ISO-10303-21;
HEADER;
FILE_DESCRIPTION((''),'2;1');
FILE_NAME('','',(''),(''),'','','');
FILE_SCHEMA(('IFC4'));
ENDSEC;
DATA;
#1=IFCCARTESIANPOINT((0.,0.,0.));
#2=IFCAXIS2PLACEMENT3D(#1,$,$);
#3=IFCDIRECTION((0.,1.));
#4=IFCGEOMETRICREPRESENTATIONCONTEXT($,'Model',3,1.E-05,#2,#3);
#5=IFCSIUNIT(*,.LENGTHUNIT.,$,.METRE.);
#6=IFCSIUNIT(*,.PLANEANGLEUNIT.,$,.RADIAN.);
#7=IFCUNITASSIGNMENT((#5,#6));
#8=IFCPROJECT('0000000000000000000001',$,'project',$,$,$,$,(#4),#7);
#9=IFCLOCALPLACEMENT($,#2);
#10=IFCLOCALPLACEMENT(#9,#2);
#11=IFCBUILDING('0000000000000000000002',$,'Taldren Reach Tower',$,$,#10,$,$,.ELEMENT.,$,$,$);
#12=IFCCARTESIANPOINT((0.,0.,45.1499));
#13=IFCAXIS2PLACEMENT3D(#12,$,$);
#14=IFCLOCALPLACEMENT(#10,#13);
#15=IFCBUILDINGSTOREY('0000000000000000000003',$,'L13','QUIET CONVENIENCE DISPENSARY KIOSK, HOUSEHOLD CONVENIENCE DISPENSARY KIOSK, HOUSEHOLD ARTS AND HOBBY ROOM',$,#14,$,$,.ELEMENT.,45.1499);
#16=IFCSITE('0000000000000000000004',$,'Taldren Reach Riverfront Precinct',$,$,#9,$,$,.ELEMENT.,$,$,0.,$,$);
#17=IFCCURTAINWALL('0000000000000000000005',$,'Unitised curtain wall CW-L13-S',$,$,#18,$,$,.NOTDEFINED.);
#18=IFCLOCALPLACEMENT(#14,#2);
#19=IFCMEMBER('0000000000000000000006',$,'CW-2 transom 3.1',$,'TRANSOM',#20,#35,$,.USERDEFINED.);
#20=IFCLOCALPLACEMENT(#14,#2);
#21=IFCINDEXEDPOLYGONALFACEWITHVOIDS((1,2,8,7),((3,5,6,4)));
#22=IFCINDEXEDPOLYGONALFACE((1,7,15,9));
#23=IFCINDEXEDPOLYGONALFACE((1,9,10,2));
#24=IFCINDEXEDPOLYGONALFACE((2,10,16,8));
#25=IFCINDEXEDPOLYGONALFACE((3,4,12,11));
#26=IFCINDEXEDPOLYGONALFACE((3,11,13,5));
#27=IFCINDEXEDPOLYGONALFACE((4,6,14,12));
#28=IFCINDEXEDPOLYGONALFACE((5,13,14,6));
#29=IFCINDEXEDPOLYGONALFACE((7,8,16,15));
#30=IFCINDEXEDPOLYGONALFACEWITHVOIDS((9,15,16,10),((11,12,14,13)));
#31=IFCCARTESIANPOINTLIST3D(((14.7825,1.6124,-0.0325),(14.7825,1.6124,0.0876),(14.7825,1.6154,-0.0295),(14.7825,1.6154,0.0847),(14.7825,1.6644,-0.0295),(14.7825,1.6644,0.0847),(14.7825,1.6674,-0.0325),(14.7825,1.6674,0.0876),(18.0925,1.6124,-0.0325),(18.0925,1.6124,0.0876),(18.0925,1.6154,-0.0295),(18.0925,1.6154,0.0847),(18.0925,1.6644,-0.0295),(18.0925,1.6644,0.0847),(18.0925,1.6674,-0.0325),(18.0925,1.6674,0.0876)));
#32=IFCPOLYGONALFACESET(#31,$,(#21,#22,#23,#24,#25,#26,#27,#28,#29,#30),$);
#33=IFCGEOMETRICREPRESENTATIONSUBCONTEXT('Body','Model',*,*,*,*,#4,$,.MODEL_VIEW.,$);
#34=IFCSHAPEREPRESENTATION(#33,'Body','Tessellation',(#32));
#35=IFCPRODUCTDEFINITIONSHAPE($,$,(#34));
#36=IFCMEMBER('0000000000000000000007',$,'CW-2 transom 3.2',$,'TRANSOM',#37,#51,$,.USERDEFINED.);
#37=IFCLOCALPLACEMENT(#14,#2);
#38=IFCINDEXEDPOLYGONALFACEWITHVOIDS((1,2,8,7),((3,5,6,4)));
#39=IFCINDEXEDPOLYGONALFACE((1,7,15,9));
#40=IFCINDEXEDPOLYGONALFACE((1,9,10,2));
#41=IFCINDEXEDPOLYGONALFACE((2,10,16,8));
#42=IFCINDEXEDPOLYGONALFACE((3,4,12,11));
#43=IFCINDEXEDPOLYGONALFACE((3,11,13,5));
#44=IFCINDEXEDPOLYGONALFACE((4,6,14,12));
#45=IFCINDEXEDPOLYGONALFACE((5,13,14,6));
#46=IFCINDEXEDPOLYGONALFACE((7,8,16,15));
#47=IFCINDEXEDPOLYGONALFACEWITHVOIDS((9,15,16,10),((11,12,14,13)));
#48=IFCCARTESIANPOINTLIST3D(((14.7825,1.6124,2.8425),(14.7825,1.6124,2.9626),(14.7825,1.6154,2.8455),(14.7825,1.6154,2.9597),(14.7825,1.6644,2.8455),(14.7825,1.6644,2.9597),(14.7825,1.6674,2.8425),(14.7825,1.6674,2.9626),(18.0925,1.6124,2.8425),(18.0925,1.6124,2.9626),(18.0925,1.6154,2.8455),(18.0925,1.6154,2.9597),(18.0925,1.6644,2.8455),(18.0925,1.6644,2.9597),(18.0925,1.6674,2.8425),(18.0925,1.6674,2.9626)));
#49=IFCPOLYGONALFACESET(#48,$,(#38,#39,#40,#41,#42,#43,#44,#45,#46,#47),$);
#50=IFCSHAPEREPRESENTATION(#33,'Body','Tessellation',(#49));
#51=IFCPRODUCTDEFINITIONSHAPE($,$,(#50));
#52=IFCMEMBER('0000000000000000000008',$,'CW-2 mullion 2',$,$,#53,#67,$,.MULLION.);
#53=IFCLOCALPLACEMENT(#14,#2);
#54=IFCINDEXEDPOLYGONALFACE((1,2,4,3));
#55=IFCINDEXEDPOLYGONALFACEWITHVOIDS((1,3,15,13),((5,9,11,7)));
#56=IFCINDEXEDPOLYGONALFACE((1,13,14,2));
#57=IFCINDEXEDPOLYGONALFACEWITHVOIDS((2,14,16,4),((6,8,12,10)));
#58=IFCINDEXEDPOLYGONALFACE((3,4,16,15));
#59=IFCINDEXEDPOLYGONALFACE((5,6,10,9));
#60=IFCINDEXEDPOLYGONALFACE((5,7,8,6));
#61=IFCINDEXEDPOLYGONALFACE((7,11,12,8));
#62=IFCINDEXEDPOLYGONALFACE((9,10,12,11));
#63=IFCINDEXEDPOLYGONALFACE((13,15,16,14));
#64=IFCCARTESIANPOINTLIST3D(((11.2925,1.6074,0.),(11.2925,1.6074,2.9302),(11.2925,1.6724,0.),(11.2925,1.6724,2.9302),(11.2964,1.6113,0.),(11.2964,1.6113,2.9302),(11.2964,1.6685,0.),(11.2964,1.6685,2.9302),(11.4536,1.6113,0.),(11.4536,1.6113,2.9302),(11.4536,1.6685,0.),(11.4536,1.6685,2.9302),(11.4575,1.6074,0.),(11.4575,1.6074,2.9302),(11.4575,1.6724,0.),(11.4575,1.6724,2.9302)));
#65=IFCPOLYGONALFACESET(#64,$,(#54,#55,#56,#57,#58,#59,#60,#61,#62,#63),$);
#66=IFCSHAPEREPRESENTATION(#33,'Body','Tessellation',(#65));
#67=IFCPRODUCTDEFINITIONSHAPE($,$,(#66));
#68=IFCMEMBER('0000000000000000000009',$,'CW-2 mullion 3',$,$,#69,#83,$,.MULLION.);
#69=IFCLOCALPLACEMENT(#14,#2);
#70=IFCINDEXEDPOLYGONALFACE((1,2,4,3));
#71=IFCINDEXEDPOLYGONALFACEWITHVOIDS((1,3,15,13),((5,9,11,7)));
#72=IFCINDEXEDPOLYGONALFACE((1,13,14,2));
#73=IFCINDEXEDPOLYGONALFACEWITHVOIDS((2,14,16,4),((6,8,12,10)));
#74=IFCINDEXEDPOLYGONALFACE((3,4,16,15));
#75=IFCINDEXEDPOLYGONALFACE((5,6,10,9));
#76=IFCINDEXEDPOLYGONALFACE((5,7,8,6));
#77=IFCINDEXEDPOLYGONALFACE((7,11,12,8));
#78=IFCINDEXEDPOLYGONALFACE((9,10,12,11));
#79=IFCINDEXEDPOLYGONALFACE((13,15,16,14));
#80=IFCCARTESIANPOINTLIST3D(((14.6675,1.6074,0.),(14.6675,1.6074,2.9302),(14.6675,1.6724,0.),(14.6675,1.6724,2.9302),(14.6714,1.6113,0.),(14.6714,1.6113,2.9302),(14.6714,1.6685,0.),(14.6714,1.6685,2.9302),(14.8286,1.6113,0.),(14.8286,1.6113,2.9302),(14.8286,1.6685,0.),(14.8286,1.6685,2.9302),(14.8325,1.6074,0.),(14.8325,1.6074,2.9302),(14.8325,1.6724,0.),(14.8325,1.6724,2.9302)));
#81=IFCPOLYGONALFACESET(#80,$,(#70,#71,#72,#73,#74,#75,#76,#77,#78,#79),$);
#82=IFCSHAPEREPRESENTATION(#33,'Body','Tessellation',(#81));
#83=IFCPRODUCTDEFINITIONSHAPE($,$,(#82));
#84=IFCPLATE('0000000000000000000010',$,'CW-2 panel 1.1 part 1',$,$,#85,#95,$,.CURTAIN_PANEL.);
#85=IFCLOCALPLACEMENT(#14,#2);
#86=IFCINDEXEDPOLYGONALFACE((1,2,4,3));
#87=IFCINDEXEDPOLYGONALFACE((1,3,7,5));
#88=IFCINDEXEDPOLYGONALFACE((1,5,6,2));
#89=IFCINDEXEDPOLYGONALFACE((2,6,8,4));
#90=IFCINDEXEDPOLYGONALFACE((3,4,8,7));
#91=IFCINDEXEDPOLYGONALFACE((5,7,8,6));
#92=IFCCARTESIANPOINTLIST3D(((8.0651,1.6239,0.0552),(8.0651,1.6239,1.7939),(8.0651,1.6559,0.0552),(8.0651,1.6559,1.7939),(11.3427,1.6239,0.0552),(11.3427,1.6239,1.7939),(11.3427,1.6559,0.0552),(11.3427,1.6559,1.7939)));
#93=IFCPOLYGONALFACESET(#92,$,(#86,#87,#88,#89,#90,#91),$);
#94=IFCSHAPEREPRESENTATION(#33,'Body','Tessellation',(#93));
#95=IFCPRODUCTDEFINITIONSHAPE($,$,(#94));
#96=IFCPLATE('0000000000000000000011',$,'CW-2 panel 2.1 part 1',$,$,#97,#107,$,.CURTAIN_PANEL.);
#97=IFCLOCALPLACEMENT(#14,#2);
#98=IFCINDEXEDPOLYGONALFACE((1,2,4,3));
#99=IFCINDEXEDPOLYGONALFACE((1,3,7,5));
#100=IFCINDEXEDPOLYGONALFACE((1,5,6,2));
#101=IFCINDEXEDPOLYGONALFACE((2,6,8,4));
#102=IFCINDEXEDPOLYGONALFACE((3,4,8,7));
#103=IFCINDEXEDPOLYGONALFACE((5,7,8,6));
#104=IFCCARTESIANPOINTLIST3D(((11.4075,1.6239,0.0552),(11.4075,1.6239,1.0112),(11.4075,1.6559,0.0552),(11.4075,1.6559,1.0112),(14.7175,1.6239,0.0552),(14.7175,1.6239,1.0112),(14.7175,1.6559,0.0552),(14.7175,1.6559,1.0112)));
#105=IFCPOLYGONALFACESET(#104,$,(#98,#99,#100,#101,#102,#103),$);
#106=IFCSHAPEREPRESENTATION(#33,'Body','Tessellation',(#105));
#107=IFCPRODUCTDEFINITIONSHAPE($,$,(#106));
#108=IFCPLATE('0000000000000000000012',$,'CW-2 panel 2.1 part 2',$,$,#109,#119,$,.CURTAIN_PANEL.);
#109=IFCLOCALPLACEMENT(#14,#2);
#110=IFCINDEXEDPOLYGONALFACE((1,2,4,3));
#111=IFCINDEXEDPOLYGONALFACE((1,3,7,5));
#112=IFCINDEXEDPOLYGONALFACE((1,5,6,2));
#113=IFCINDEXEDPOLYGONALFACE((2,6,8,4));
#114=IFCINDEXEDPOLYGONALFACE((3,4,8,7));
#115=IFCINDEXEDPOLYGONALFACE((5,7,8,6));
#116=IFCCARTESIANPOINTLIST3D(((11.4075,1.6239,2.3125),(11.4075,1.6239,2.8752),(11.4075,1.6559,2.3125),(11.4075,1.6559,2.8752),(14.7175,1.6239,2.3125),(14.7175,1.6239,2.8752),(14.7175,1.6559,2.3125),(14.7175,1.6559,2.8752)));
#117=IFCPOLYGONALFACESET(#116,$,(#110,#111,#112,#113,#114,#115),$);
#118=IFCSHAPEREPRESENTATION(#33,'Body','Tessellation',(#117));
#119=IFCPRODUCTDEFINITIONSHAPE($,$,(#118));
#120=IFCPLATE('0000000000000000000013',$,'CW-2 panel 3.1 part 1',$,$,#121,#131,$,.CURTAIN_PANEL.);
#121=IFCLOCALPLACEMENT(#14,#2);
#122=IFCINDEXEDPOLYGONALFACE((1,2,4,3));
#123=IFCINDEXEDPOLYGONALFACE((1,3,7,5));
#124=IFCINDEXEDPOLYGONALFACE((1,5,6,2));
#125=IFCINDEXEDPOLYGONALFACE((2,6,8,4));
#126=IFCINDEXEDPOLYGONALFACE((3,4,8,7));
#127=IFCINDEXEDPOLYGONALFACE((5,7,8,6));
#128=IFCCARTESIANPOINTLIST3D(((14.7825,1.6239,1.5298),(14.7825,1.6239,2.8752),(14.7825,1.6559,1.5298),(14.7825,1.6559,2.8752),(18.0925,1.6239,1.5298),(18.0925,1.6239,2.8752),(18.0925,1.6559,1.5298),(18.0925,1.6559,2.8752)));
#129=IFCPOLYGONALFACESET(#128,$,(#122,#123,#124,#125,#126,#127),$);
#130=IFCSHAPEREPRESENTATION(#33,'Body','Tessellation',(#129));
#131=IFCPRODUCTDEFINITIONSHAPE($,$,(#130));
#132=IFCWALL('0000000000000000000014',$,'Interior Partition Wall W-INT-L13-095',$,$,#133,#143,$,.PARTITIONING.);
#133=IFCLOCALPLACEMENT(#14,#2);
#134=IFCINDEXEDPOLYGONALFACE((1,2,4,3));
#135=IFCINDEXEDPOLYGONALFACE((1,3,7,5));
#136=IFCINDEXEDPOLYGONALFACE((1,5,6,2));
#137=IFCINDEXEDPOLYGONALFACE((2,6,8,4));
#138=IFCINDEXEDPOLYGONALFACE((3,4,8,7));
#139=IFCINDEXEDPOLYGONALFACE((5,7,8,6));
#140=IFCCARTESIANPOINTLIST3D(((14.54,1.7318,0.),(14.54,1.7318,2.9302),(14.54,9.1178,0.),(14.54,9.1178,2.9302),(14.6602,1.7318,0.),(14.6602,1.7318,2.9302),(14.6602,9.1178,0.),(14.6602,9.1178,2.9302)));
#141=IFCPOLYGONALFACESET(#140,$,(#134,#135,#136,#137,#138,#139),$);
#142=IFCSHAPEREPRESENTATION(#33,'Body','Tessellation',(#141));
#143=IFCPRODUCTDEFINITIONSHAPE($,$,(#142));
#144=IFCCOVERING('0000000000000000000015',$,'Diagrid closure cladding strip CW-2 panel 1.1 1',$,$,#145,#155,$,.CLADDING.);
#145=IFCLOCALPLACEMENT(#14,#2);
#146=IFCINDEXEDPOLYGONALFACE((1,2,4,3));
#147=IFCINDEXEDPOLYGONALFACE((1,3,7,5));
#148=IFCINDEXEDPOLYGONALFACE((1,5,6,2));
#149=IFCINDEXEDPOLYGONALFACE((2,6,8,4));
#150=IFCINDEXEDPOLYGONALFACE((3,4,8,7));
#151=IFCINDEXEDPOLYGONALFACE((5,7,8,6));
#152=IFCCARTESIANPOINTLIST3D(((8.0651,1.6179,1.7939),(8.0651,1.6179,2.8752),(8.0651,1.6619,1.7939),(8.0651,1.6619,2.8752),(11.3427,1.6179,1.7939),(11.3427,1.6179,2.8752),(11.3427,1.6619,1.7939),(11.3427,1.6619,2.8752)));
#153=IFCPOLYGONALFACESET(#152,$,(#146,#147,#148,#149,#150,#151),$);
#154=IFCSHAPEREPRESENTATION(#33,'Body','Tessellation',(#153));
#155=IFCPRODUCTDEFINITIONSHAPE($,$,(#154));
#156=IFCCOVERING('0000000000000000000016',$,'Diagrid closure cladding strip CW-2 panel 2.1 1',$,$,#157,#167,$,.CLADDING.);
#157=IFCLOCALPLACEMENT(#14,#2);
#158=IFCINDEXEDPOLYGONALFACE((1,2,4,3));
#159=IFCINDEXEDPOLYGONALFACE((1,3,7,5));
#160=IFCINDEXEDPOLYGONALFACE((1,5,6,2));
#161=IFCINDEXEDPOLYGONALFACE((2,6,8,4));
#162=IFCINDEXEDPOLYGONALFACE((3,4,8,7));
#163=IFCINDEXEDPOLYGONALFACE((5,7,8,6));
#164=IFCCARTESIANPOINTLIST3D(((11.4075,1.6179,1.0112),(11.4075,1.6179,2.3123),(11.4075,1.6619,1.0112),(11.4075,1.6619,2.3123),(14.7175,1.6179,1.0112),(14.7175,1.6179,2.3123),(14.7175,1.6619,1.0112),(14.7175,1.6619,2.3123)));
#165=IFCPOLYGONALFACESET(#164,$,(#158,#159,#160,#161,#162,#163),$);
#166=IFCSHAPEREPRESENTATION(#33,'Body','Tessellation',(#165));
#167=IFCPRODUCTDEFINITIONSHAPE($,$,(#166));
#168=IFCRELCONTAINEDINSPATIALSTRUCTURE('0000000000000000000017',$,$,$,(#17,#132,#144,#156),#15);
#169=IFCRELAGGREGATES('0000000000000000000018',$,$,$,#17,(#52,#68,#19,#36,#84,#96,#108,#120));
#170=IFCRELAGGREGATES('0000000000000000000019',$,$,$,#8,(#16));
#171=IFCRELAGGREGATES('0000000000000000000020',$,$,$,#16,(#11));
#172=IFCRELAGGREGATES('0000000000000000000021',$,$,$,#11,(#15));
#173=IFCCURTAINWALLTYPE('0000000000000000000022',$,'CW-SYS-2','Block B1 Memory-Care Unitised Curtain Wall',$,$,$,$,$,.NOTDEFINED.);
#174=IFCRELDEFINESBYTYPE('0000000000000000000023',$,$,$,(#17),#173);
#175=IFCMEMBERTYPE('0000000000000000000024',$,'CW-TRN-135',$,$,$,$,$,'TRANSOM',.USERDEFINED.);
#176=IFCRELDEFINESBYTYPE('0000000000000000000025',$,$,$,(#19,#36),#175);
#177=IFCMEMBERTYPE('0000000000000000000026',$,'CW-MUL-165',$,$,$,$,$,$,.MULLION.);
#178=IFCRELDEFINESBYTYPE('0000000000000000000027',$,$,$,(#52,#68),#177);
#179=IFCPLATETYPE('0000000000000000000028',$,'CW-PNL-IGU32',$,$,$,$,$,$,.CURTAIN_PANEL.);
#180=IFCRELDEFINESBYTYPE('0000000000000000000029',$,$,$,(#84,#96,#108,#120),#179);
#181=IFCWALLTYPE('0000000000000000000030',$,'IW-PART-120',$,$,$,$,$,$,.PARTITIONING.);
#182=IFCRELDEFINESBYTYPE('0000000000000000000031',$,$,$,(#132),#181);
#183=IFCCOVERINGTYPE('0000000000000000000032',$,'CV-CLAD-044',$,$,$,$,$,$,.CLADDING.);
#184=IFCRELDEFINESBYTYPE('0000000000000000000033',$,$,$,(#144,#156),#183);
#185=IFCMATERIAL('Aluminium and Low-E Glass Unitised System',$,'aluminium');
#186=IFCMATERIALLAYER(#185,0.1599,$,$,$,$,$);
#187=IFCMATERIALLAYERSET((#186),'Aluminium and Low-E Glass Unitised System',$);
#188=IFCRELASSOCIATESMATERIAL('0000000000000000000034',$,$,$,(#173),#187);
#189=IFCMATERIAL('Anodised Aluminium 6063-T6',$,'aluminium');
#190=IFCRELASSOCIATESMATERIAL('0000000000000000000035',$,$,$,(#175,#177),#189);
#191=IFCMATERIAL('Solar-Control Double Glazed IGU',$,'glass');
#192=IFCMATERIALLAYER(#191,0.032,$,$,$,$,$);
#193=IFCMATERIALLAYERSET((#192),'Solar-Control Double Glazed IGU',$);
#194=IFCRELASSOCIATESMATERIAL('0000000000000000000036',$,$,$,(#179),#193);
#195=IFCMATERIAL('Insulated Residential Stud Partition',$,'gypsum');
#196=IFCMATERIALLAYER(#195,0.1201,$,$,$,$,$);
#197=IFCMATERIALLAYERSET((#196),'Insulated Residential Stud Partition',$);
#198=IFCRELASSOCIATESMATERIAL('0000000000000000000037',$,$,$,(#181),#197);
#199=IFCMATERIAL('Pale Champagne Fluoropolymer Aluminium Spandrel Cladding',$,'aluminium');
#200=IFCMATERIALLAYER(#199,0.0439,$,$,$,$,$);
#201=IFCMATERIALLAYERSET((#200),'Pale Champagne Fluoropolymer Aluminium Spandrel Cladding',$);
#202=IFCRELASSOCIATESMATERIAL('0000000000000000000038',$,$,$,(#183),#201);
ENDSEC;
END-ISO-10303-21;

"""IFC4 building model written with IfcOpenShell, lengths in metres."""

from ifc_helpers import new_model, si_unit, direction, frame, frame_2d, origin, origin_2d, place, context, subcontext, project, spatial, rectangle, hollow_rectangle, extrude, source, transform, mapped, material, layer, layer_set, material_profile, profile_set, type_object, element, aggregate, save


model = new_model("IFC4")

# Units and contexts
model_context = context("Model", 3, precision=1e-05, world=origin(), true_north=direction((0.0, 1.0)))
body_context = subcontext(model_context, "Body", "Model", "MODEL_VIEW")
ifc_project = project(units=[si_unit("LENGTHUNIT", "METRE"), si_unit("PLANEANGLEUNIT", "RADIAN")], contexts=[model_context])

# Site, building, storey
site_placement = place(None, origin())
site = spatial("IfcSite", under=ifc_project, at=site_placement, Name="Taldren Reach Riverfront Precinct", CompositionType="ELEMENT", RefElevation=0.0)
building_placement = place(site_placement, origin())
building = spatial("IfcBuilding", under=site, at=building_placement, Name="Taldren Reach Tower", CompositionType="ELEMENT")
storey_placement = place(building_placement, frame((0.0, 0.0, 45.1499)))
storey = spatial("IfcBuildingStorey", under=building, at=storey_placement, Name="L13", Description="QUIET CONVENIENCE DISPENSARY KIOSK, HOUSEHOLD CONVENIENCE DISPENSARY KIOSK, HOUSEHOLD ARTS AND HOBBY ROOM", CompositionType="ELEMENT", Elevation=45.1499)

# Curtain wall, members, plates
ifc_material_1 = material(Name="Aluminium and Low-E Glass Unitised System", Category="aluminium")
ifc_layer_1 = layer(ifc_material_1, 0.1599)
ifc_layer_set_1 = layer_set([ifc_layer_1], Name="Aluminium and Low-E Glass Unitised System")
curtain_wall_type = type_object("IfcCurtainWallType", Name="CW-SYS-2", Description="Block B1 Memory-Care Unitised Curtain Wall", PredefinedType="NOTDEFINED", material=ifc_layer_set_1)
curtain_wall_placement = place(storey_placement, origin())
curtain_wall = element("IfcCurtainWall", 1, at=curtain_wall_placement, inside=storey, type_object=curtain_wall_type, Name="Unitised curtain wall CW-L13-S", PredefinedType="NOTDEFINED")
ifc_material_2 = material(Name="Anodised Aluminium 6063-T6", Category="aluminium")
ifc_material_profile_1 = material_profile(ifc_material_2, hollow_rectangle(XDim=0.0549, YDim=0.1201, WallThickness=0.0029, at=origin_2d()), Name="ALU-120x55x3RHS")
ifc_profile_set_1 = profile_set([ifc_material_profile_1], Name="Anodised Aluminium 6063-T6")
member_type_1 = type_object("IfcMemberType", Name="CW-TRN-135", ElementType="TRANSOM", PredefinedType="USERDEFINED", material=ifc_profile_set_1)
shared_shape_1 = source(origin(), body_context, "Body", "SweptSolid", [
    extrude(hollow_rectangle(XDim=0.0549, YDim=0.1201, WallThickness=0.0029, at=origin_2d()), origin(), (0.0, 0.0, 1.0), 3.3101),
])
member_1_placement = place(storey_placement, frame((14.7825, 1.6399, 0.0276), z_axis=(1.0, 0.0, 0.0), x_axis=(0.0, 1.0, 0.0)))
member_1 = element("IfcMember", 2, at=member_1_placement, type_object=member_type_1, Name="CW-2 transom 3.1", ObjectType="TRANSOM", PredefinedType="USERDEFINED", context=body_context, shape_type="MappedRepresentation", body=[
    mapped(shared_shape_1, transform((0.0, 0.0, 0.0), scale=1.0)),
])
member_2_placement = place(storey_placement, frame((14.7825, 1.6399, 2.9026), z_axis=(1.0, 0.0, 0.0), x_axis=(0.0, 1.0, 0.0)))
member_2 = element("IfcMember", 3, at=member_2_placement, type_object=member_type_1, Name="CW-2 transom 3.2", ObjectType="TRANSOM", PredefinedType="USERDEFINED", context=body_context, shape_type="MappedRepresentation", body=[
    mapped(shared_shape_1, transform((0.0, 0.0, 0.0), scale=1.0)),
])
ifc_material_profile_2 = material_profile(ifc_material_2, hollow_rectangle(XDim=0.0649, YDim=0.165, WallThickness=0.0039, at=origin_2d()), Name="ALU-165x65x4RHS")
ifc_profile_set_2 = profile_set([ifc_material_profile_2], Name="Anodised Aluminium 6063-T6")
member_type_2 = type_object("IfcMemberType", Name="CW-MUL-165", PredefinedType="MULLION", material=ifc_profile_set_2)
shared_shape_2 = source(origin(), body_context, "Body", "SweptSolid", [
    extrude(hollow_rectangle(XDim=0.0649, YDim=0.165, WallThickness=0.0039, at=origin_2d()), origin(), (0.0, 0.0, 1.0), 2.9302),
])
member_3_placement = place(storey_placement, frame((11.375, 1.6399, 0.0), z_axis=(0.0, 0.0, 1.0), x_axis=(0.0, 1.0, 0.0)))
member_3 = element("IfcMember", 4, at=member_3_placement, type_object=member_type_2, Name="CW-2 mullion 2", PredefinedType="MULLION", context=body_context, shape_type="MappedRepresentation", body=[
    mapped(shared_shape_2, transform((0.0, 0.0, 0.0), scale=1.0)),
])
member_4_placement = place(storey_placement, frame((14.75, 1.6399, 0.0), z_axis=(0.0, 0.0, 1.0), x_axis=(0.0, 1.0, 0.0)))
member_4 = element("IfcMember", 5, at=member_4_placement, type_object=member_type_2, Name="CW-2 mullion 3", PredefinedType="MULLION", context=body_context, shape_type="MappedRepresentation", body=[
    mapped(shared_shape_2, transform((0.0, 0.0, 0.0), scale=1.0)),
])
ifc_material_3 = material(Name="Solar-Control Double Glazed IGU", Category="glass")
ifc_layer_2 = layer(ifc_material_3, 0.032)
ifc_layer_set_2 = layer_set([ifc_layer_2], Name="Solar-Control Double Glazed IGU")
plate_type = type_object("IfcPlateType", Name="CW-PNL-IGU32", PredefinedType="CURTAIN_PANEL", material=ifc_layer_set_2)
shared_shape_3 = source(origin(), body_context, "Body", "SweptSolid", [
    extrude(rectangle(XDim=3.2776, YDim=0.032, at=origin_2d()), origin(), (0.0, 0.0, 1.0), 1.7388),
])
plate_1_placement = place(storey_placement, frame((9.7039, 1.6399, 0.0552), z_axis=(0.0, 0.0, 1.0), x_axis=(1.0, 0.0, 0.0)))
plate_1 = element("IfcPlate", 6, at=plate_1_placement, type_object=plate_type, Name="CW-2 panel 1.1 part 1", PredefinedType="CURTAIN_PANEL", context=body_context, shape_type="MappedRepresentation", body=[
    mapped(shared_shape_3, transform((0.0, 0.0, 0.0), scale=1.0)),
])
shared_shape_4 = source(origin(), body_context, "Body", "SweptSolid", [
    extrude(rectangle(XDim=3.3101, YDim=0.032, at=origin_2d()), origin(), (0.0, 0.0, 1.0), 0.9561),
])
plate_2_placement = place(storey_placement, frame((13.0625, 1.6399, 0.0552), z_axis=(0.0, 0.0, 1.0), x_axis=(1.0, 0.0, 0.0)))
plate_2 = element("IfcPlate", 7, at=plate_2_placement, type_object=plate_type, Name="CW-2 panel 2.1 part 1", PredefinedType="CURTAIN_PANEL", context=body_context, shape_type="MappedRepresentation", body=[
    mapped(shared_shape_4, transform((0.0, 0.0, 0.0), scale=1.0)),
])
shared_shape_5 = source(origin(), body_context, "Body", "SweptSolid", [
    extrude(rectangle(XDim=3.3101, YDim=0.032, at=origin_2d()), origin(), (0.0, 0.0, 1.0), 0.5627),
])
plate_3_placement = place(storey_placement, frame((13.0625, 1.6399, 2.3125), z_axis=(0.0, 0.0, 1.0), x_axis=(1.0, 0.0, 0.0)))
plate_3 = element("IfcPlate", 8, at=plate_3_placement, type_object=plate_type, Name="CW-2 panel 2.1 part 2", PredefinedType="CURTAIN_PANEL", context=body_context, shape_type="MappedRepresentation", body=[
    mapped(shared_shape_5, transform((0.0, 0.0, 0.0), scale=1.0)),
])
shared_shape_6 = source(origin(), body_context, "Body", "SweptSolid", [
    extrude(rectangle(XDim=3.3101, YDim=0.032, at=origin_2d()), origin(), (0.0, 0.0, 1.0), 1.3455),
])
plate_4_placement = place(storey_placement, frame((16.4375, 1.6399, 1.5298), z_axis=(0.0, 0.0, 1.0), x_axis=(1.0, 0.0, 0.0)))
plate_4 = element("IfcPlate", 9, at=plate_4_placement, type_object=plate_type, Name="CW-2 panel 3.1 part 1", PredefinedType="CURTAIN_PANEL", context=body_context, shape_type="MappedRepresentation", body=[
    mapped(shared_shape_6, transform((0.0, 0.0, 0.0), scale=1.0)),
])
aggregate(curtain_wall, [member_3, member_4, member_1, member_2, plate_1, plate_2, plate_3, plate_4])

# Wall
ifc_material_4 = material(Name="Insulated Residential Stud Partition", Category="gypsum")
ifc_layer_3 = layer(ifc_material_4, 0.1201)
ifc_layer_set_3 = layer_set([ifc_layer_3], Name="Insulated Residential Stud Partition")
wall_type = type_object("IfcWallType", Name="IW-PART-120", PredefinedType="PARTITIONING", material=ifc_layer_set_3)
shared_shape_7 = source(origin(), body_context, "Body", "SweptSolid", [
    extrude(rectangle(XDim=7.386, YDim=0.1201, at=frame_2d((3.6929, 0.0))), origin(), (0.0, 0.0, 1.0), 2.9302),
])
wall_placement = place(storey_placement, frame((14.6001, 1.7319, 0.0), z_axis=(0.0, 0.0, 1.0), x_axis=(0.0, 1.0, 0.0)))
element("IfcWall", 10, at=wall_placement, inside=storey, type_object=wall_type, Name="Interior Partition Wall W-INT-L13-095", PredefinedType="PARTITIONING", context=body_context, shape_type="MappedRepresentation", body=[
    mapped(shared_shape_7, transform((0.0, 0.0, 0.0), scale=1.0)),
])

# Coverings
ifc_material_5 = material(Name="Pale Champagne Fluoropolymer Aluminium Spandrel Cladding", Category="aluminium")
ifc_layer_4 = layer(ifc_material_5, 0.0439)
ifc_layer_set_4 = layer_set([ifc_layer_4], Name="Pale Champagne Fluoropolymer Aluminium Spandrel Cladding")
covering_type = type_object("IfcCoveringType", Name="CV-CLAD-044", PredefinedType="CLADDING", material=ifc_layer_set_4)
shared_shape_8 = source(origin(), body_context, "Body", "SweptSolid", [
    extrude(rectangle(XDim=3.2776, YDim=0.0439, at=origin_2d()), origin(), (0.0, 0.0, 1.0), 1.0813),
])
covering_1_placement = place(storey_placement, frame((9.7039, 1.6399, 1.7939), z_axis=(0.0, 0.0, 1.0), x_axis=(1.0, 0.0, 0.0)))
element("IfcCovering", 11, at=covering_1_placement, inside=storey, type_object=covering_type, Name="Diagrid closure cladding strip CW-2 panel 1.1 1", PredefinedType="CLADDING", context=body_context, shape_type="MappedRepresentation", body=[
    mapped(shared_shape_8, transform((0.0, 0.0, 0.0), scale=1.0)),
])
shared_shape_9 = source(origin(), body_context, "Body", "SweptSolid", [
    extrude(rectangle(XDim=3.3101, YDim=0.0439, at=origin_2d()), origin(), (0.0, 0.0, 1.0), 1.301),
])
covering_2_placement = place(storey_placement, frame((13.0625, 1.6399, 1.0112), z_axis=(0.0, 0.0, 1.0), x_axis=(1.0, 0.0, 0.0)))
element("IfcCovering", 12, at=covering_2_placement, inside=storey, type_object=covering_type, Name="Diagrid closure cladding strip CW-2 panel 2.1 1", PredefinedType="CLADDING", context=body_context, shape_type="MappedRepresentation", body=[
    mapped(shared_shape_9, transform((0.0, 0.0, 0.0), scale=1.0)),
])

save(model, "model.ifc")
